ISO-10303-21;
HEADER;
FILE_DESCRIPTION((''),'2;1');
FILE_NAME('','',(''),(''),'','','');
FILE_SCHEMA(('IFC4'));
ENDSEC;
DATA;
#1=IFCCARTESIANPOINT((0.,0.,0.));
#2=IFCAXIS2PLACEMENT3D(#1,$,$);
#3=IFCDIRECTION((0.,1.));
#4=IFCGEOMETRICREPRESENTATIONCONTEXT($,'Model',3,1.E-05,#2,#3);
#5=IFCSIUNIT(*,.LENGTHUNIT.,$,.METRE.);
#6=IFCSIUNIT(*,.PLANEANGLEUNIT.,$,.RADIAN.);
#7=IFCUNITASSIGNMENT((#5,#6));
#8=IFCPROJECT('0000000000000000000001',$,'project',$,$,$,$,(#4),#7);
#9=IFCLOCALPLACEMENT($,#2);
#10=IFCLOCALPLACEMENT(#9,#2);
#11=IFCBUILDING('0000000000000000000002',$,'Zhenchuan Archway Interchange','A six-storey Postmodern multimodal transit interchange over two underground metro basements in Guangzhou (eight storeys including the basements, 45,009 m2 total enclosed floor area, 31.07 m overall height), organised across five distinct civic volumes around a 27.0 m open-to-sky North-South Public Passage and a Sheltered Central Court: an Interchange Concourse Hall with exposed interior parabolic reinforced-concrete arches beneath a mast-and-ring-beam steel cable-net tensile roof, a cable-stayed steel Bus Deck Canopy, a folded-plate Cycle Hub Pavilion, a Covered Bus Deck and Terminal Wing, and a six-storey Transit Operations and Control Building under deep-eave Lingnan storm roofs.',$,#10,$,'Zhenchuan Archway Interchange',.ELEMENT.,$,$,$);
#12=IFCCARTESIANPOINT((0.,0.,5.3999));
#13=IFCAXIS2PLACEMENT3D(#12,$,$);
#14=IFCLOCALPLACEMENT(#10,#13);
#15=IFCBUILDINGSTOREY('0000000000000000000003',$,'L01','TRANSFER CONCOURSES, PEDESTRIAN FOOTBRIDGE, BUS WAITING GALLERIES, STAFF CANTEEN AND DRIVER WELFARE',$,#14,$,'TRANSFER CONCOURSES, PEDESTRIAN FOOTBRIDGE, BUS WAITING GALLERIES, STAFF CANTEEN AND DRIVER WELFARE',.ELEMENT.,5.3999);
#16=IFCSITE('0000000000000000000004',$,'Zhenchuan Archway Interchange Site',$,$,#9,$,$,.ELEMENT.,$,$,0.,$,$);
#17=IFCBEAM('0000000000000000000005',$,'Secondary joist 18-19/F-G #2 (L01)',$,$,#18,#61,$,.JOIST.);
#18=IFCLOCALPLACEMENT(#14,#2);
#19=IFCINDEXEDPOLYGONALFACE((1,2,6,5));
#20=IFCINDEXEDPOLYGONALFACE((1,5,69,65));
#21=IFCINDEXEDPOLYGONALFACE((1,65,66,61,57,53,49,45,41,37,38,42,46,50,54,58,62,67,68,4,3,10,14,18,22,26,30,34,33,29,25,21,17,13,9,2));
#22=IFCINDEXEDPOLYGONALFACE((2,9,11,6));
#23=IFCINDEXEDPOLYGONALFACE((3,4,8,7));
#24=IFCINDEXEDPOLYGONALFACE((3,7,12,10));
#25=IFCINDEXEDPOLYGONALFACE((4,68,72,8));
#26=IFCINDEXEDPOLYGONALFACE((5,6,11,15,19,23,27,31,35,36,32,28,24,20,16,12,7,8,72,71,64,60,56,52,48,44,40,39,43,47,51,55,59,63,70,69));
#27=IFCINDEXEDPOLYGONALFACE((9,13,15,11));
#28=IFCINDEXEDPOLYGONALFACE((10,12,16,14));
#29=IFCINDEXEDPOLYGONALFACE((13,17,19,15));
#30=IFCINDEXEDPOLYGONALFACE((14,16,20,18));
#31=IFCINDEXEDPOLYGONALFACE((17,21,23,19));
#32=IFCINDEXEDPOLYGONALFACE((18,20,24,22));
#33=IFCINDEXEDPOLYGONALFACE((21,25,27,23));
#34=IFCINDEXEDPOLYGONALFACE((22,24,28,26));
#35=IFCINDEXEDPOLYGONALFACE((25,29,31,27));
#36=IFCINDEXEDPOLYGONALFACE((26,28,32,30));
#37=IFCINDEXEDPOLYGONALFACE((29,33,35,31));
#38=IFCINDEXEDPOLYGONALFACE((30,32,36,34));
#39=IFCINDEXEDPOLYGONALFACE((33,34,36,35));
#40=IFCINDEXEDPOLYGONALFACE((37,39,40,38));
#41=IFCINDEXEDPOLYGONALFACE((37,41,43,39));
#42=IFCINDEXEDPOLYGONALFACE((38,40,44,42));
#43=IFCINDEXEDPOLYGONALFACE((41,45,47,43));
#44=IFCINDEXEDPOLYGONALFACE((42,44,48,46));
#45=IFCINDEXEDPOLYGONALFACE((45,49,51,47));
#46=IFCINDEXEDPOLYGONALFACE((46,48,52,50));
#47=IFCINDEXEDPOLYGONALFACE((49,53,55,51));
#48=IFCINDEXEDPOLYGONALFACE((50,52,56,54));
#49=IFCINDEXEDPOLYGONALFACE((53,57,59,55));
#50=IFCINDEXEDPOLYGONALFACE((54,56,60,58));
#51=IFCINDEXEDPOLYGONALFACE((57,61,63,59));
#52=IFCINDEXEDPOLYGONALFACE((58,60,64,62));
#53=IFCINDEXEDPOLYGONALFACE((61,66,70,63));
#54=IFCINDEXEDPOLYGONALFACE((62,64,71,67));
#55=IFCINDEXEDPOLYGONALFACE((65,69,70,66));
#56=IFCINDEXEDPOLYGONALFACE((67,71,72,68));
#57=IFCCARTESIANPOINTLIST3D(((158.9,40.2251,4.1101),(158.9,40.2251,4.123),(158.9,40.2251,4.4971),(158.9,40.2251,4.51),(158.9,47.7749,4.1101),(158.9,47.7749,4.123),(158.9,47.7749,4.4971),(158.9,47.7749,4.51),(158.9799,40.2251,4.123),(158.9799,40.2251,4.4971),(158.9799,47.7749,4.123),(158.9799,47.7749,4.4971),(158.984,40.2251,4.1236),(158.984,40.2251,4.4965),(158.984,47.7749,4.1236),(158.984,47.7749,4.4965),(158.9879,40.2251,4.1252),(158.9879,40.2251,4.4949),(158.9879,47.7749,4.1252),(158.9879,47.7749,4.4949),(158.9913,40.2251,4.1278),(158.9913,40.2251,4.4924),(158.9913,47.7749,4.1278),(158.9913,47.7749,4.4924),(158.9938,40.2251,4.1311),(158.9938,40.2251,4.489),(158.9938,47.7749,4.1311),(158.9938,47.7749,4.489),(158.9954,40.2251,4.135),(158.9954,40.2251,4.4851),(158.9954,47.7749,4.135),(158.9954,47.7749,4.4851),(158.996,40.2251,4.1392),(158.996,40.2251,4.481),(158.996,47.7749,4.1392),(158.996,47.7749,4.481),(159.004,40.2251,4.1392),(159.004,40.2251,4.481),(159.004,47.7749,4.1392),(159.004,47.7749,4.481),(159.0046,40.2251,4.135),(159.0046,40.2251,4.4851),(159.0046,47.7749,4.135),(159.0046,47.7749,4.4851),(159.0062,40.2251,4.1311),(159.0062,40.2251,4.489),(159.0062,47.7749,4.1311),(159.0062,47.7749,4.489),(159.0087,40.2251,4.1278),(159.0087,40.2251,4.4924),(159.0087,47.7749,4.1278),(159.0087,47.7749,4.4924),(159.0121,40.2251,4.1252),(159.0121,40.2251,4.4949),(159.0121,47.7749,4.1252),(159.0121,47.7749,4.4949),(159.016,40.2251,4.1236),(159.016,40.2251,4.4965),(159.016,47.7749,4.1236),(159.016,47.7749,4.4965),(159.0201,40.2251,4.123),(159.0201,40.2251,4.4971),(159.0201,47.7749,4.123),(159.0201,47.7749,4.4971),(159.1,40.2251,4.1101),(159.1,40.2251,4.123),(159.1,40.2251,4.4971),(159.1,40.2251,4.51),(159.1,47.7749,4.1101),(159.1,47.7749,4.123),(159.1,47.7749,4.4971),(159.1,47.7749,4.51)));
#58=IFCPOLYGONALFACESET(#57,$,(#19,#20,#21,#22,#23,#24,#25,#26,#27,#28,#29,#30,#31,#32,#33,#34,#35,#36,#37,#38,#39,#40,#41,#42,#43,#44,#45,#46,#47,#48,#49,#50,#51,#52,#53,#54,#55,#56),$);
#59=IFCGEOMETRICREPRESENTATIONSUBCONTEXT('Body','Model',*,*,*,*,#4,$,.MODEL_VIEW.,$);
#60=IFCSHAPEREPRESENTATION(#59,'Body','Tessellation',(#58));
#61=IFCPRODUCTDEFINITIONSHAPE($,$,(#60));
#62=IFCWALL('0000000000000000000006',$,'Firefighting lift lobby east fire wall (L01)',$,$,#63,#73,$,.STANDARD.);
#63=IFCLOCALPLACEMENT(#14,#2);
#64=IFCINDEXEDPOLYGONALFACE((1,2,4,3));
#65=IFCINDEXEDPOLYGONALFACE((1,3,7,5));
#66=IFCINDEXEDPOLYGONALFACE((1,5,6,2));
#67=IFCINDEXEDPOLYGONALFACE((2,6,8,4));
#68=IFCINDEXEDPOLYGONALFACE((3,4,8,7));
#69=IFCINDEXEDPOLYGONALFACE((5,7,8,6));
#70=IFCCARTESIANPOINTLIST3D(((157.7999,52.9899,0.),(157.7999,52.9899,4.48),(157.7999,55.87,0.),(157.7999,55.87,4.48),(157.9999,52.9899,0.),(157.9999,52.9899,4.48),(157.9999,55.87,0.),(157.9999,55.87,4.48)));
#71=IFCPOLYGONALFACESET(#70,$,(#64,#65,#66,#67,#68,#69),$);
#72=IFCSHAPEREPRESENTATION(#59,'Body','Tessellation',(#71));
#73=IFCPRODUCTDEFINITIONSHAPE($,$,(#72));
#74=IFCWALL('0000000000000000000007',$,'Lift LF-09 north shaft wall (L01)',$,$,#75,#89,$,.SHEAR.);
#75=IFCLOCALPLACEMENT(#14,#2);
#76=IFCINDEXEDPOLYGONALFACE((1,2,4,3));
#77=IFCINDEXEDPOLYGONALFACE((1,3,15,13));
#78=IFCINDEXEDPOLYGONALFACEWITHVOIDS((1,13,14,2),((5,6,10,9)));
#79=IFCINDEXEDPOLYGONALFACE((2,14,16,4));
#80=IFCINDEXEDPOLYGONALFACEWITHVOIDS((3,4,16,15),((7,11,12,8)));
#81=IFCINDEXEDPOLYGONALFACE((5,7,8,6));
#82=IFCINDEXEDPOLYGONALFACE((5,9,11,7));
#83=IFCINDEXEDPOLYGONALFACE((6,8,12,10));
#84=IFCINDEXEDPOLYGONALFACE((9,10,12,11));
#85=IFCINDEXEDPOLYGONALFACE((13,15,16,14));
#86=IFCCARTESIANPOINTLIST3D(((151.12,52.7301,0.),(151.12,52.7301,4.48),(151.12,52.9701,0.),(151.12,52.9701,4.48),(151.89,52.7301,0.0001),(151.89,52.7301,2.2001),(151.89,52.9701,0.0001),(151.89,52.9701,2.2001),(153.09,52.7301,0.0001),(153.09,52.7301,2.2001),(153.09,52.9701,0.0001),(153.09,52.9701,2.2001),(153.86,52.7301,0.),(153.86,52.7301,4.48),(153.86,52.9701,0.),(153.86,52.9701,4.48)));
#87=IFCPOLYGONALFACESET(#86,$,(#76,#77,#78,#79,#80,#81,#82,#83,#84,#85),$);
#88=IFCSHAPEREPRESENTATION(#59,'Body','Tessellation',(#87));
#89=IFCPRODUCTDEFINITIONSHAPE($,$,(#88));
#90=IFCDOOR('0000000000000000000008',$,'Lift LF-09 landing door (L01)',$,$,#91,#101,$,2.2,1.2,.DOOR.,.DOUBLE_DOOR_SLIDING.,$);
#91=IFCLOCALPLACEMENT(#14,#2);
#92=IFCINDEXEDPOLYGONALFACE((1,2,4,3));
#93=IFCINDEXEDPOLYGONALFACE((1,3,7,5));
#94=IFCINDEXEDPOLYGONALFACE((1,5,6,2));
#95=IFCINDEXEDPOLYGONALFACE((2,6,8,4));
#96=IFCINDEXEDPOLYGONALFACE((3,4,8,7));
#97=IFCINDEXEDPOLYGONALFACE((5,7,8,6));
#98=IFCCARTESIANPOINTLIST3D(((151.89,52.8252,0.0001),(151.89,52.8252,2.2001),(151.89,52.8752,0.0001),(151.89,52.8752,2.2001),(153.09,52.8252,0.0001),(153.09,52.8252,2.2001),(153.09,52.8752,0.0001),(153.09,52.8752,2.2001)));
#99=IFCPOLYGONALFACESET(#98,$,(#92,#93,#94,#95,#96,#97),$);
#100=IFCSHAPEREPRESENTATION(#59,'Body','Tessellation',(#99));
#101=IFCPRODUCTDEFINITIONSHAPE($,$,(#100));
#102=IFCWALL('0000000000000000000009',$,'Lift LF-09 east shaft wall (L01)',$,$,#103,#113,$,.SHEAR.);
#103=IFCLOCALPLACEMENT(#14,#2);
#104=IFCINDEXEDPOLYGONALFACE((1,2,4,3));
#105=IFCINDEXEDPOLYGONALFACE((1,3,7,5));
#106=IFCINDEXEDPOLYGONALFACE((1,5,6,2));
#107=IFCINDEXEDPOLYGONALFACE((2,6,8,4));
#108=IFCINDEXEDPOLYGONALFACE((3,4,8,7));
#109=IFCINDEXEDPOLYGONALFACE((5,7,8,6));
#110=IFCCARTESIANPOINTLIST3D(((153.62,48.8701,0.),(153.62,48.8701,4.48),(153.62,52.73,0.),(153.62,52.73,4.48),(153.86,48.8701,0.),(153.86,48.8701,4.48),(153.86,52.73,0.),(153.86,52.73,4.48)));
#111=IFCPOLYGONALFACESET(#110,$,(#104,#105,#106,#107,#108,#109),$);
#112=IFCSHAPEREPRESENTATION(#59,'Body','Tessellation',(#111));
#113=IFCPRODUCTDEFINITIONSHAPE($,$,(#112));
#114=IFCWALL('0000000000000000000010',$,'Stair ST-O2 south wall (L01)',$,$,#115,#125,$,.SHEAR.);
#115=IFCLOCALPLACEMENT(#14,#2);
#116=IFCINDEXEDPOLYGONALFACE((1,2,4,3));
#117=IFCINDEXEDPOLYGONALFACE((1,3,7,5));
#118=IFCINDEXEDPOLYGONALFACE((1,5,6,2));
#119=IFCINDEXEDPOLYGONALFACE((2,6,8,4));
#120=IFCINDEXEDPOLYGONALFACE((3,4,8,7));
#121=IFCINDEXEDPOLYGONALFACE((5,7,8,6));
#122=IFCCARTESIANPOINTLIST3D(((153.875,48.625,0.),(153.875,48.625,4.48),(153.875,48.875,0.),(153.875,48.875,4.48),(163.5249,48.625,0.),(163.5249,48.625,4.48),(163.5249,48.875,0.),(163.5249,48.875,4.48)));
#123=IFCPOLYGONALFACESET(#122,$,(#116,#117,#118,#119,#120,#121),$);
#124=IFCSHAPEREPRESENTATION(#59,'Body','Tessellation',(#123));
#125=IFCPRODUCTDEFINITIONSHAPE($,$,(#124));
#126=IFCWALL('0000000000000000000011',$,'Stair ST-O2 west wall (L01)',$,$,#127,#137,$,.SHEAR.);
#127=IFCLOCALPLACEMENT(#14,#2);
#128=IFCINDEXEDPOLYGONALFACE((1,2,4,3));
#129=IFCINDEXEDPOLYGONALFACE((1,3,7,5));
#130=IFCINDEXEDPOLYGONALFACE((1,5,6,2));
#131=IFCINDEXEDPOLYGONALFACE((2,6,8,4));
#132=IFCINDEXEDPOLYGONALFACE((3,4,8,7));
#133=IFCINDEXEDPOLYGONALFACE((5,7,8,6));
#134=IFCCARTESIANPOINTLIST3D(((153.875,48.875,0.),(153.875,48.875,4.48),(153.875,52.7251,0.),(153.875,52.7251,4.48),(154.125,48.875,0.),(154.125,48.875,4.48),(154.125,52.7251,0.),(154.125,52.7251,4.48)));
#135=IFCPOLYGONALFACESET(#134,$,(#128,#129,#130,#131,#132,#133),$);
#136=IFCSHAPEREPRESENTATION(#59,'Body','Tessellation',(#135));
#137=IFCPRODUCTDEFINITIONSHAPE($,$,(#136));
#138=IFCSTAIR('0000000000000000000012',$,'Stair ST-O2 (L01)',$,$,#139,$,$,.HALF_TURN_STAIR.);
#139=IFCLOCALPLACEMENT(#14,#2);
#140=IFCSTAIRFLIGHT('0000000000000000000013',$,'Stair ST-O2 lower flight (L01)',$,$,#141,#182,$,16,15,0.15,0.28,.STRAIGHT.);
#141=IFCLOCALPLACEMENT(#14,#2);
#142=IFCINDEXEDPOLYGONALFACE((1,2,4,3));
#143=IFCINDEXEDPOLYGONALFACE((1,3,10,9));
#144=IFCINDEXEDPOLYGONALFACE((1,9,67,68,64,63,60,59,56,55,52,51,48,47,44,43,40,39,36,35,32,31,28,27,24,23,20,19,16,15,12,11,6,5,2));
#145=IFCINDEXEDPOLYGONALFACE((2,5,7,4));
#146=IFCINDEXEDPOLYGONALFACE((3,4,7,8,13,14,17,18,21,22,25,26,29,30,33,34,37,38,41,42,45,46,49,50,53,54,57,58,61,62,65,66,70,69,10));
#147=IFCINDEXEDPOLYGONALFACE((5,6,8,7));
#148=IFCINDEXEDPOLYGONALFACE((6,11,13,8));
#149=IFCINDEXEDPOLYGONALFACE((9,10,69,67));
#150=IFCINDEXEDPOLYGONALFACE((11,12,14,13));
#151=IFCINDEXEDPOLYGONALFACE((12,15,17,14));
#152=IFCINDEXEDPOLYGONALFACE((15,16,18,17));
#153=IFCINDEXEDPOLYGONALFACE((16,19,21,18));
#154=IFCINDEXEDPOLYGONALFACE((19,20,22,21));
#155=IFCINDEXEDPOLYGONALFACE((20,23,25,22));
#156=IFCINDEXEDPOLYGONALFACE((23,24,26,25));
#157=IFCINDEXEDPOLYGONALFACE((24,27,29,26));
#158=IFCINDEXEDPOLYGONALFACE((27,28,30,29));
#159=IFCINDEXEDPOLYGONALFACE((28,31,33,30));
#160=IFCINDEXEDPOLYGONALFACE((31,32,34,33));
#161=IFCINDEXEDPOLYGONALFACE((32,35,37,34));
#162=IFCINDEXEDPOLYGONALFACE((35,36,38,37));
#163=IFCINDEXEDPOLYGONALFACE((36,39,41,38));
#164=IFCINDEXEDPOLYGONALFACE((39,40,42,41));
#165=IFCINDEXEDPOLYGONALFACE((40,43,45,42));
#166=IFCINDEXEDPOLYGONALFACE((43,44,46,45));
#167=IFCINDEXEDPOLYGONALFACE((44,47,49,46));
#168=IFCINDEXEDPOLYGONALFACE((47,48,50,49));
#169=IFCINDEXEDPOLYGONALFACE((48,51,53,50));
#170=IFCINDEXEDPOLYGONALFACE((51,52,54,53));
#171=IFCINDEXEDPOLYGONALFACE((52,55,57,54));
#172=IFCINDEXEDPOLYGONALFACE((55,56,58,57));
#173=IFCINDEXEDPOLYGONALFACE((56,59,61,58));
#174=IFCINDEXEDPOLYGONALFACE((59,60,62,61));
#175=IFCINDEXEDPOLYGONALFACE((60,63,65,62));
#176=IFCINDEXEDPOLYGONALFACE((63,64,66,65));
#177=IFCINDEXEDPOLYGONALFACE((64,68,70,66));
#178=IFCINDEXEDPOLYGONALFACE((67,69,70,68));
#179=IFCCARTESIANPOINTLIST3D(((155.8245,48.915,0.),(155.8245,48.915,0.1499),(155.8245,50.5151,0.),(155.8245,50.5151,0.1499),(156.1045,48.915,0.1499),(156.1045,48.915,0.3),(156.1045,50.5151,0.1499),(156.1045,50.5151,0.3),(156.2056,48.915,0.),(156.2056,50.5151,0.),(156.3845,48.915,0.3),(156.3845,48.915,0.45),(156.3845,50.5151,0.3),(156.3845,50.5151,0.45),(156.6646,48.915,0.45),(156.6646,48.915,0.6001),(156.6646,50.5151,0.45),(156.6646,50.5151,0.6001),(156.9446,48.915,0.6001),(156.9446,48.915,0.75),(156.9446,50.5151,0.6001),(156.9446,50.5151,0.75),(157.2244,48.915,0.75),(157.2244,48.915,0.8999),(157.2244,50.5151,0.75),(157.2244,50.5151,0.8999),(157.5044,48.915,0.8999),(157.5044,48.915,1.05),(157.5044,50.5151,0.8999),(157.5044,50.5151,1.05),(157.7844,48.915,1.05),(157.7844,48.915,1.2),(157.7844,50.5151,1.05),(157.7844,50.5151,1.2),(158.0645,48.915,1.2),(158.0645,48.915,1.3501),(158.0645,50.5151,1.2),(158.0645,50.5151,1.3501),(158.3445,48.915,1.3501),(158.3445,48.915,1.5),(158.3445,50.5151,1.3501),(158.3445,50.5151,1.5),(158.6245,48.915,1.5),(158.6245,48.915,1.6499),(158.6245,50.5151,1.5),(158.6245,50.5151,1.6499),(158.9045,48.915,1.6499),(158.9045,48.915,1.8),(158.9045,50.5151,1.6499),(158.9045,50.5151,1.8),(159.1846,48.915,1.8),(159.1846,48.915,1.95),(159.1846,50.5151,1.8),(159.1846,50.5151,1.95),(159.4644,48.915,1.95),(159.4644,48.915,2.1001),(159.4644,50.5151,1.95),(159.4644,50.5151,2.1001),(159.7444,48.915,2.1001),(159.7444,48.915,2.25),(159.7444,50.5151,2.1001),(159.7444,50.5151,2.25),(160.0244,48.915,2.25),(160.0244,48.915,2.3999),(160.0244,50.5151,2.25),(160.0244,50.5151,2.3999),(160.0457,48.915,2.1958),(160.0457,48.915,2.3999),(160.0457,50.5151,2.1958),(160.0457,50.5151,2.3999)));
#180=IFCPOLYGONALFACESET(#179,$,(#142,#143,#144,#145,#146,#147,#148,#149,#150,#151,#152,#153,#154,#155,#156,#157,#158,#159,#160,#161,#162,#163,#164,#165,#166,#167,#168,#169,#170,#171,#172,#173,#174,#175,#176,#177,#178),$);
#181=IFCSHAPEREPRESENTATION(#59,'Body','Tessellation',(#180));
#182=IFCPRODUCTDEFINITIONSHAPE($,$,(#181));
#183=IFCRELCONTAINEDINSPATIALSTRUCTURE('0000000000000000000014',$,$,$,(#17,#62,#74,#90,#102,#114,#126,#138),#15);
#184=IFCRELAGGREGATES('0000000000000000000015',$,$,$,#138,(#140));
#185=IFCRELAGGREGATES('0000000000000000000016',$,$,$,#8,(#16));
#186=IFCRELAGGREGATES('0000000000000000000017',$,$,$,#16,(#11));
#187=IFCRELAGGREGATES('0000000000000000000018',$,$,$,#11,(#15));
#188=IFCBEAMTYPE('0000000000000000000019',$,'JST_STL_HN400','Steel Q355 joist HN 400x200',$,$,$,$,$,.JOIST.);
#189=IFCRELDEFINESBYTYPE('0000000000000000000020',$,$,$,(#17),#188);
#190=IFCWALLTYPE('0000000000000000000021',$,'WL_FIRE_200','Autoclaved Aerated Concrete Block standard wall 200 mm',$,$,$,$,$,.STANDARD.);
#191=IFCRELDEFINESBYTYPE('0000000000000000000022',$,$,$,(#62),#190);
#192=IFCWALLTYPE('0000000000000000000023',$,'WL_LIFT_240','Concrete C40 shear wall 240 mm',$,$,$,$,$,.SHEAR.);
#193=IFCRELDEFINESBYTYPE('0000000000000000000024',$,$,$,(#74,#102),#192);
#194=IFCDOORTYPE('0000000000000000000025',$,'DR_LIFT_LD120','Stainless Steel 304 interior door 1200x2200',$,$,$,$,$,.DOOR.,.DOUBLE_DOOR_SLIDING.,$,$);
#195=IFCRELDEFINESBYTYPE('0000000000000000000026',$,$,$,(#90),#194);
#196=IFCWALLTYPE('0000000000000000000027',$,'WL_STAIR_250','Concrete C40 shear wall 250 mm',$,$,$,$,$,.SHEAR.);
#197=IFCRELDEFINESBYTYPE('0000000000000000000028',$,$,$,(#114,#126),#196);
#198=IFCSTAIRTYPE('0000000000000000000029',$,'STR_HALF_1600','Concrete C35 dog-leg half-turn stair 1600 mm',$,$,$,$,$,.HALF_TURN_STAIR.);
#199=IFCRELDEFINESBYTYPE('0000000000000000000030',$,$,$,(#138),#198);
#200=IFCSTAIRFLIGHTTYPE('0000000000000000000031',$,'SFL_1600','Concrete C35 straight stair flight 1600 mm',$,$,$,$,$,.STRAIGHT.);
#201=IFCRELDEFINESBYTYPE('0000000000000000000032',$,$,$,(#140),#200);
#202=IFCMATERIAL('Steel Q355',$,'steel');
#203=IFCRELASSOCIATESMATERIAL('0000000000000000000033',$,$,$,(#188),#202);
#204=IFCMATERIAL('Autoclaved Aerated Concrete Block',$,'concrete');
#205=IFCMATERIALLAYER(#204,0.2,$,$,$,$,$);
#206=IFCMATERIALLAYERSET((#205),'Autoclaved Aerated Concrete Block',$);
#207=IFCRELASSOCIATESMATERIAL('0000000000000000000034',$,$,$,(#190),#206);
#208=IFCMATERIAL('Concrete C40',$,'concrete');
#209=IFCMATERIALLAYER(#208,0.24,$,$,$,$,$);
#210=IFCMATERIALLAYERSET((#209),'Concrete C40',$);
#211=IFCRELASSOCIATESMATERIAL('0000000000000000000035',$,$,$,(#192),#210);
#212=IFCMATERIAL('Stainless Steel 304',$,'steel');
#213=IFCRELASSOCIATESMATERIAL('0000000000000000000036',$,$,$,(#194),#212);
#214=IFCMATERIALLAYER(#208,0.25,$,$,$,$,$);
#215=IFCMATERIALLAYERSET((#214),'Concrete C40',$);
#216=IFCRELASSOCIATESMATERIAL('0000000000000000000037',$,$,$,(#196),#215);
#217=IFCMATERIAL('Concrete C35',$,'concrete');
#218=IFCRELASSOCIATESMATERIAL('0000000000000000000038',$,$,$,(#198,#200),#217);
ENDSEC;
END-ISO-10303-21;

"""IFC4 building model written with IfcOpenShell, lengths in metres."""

from ifc_helpers import new_model, si_unit, direction, frame, frame_2d, origin, origin_2d, place, context, subcontext, project, spatial, polyline, rectangle, i_section, outline, extrude, material, layer, layer_set, material_profile, profile_set, type_object, element, fill, aggregate, save


model = new_model("IFC4")

# Units and contexts
model_context = context("Model", 3, precision=1e-05, world=origin(), true_north=direction((0.0, 1.0)))
body_context = subcontext(model_context, "Body", "Model", "MODEL_VIEW")
ifc_project = project(units=[si_unit("LENGTHUNIT", "METRE"), si_unit("PLANEANGLEUNIT", "RADIAN")], contexts=[model_context])

# Site, building, storey
site_placement = place(None, origin())
site = spatial("IfcSite", under=ifc_project, at=site_placement, Name="Zhenchuan Archway Interchange Site", CompositionType="ELEMENT", RefElevation=0.0)
building_placement = place(site_placement, origin())
building = spatial("IfcBuilding", under=site, at=building_placement, Name="Zhenchuan Archway Interchange", Description="A six-storey Postmodern multimodal transit interchange over two underground metro basements in Guangzhou (eight storeys including the basements, 45,009 m2 total enclosed floor area, 31.07 m overall height), organised across five distinct civic volumes around a 27.0 m open-to-sky North-South Public Passage and a Sheltered Central Court: an Interchange Concourse Hall with exposed interior parabolic reinforced-concrete arches beneath a mast-and-ring-beam steel cable-net tensile roof, a cable-stayed steel Bus Deck Canopy, a folded-plate Cycle Hub Pavilion, a Covered Bus Deck and Terminal Wing, and a six-storey Transit Operations and Control Building under deep-eave Lingnan storm roofs.", LongName="Zhenchuan Archway Interchange", CompositionType="ELEMENT")
storey_placement = place(building_placement, frame((0.0, 0.0, 5.3999)))
storey = spatial("IfcBuildingStorey", under=building, at=storey_placement, Name="L01", Description="TRANSFER CONCOURSES, PEDESTRIAN FOOTBRIDGE, BUS WAITING GALLERIES, STAFF CANTEEN AND DRIVER WELFARE", LongName="TRANSFER CONCOURSES, PEDESTRIAN FOOTBRIDGE, BUS WAITING GALLERIES, STAFF CANTEEN AND DRIVER WELFARE", CompositionType="ELEMENT", Elevation=5.3999)

# Beam
ifc_material_1 = material(Name="Concrete C40", Category="concrete")
ifc_material_2 = material(Name="Steel Q355", Category="steel")
ifc_material_profile_1 = material_profile(ifc_material_2, i_section(OverallWidth=0.2, OverallDepth=0.3999, WebThickness=0.0081, FlangeThickness=0.0129, FilletRadius=0.0161, at=origin_2d()), Name="HN 400x200")
ifc_profile_set_1 = profile_set([ifc_material_profile_1], Name="Steel Q355")
beam_type_1 = type_object("IfcBeamType", Name="JST_STL_HN400", Description="Steel Q355 joist HN 400x200", PredefinedType="JOIST", material=ifc_profile_set_1)
for number, where, z_axis, x_axis, name in (
    (1, (159.0, 40.2251, 4.3101), (0.0, 1.0, 0.0), (-1.0, 0.0, 0.0), "Secondary joist 18-19/F-G #2 (L01)"),
):
    element("IfcBeam", number, at=place(storey_placement, frame(where, z_axis=z_axis, x_axis=x_axis)), inside=storey, type_object=beam_type_1, Name=name, PredefinedType="JOIST", context=body_context, shape_type="SweptSolid", body=[
        extrude(i_section(OverallWidth=0.2, OverallDepth=0.3999, WebThickness=0.0081, FlangeThickness=0.0129, FilletRadius=0.0161, at=origin_2d()), origin(), (0.0, 0.0, 1.0), 7.5498),
    ])

# Wall
ifc_material_3 = material(Name="Autoclaved Aerated Concrete Block", Category="concrete")
ifc_layer_1 = layer(ifc_material_3, 0.2)
ifc_layer_set_1 = layer_set([ifc_layer_1], Name="Autoclaved Aerated Concrete Block")
wall_type_1 = type_object("IfcWallType", Name="WL_FIRE_200", Description="Autoclaved Aerated Concrete Block standard wall 200 mm", PredefinedType="STANDARD", material=ifc_layer_set_1)
wall_1_placement = place(storey_placement, frame((157.8999, 52.99, 0.0), z_axis=(0.0, 0.0, 1.0), x_axis=(0.0, 1.0, 0.0)))
element("IfcWall", 2, at=wall_1_placement, inside=storey, type_object=wall_type_1, Name="Firefighting lift lobby east fire wall (L01)", PredefinedType="STANDARD", context=body_context, shape_type="SweptSolid", body=[
    extrude(rectangle(XDim=2.8801, YDim=0.2, at=frame_2d((1.4399, 0.0))), origin(), (0.0, 0.0, 1.0), 4.48),
])

# Wall, opening, door
ifc_layer_2 = layer(ifc_material_1, 0.24)
ifc_layer_set_2 = layer_set([ifc_layer_2], Name="Concrete C40")
wall_type_2 = type_object("IfcWallType", Name="WL_LIFT_240", Description="Concrete C40 shear wall 240 mm", PredefinedType="SHEAR", material=ifc_layer_set_2)
wall_2_placement = place(storey_placement, frame((153.8601, 52.8501, 0.0), z_axis=(0.0, 0.0, 1.0), x_axis=(-1.0, 0.0, 0.0)))
wall_2 = element("IfcWall", 3, at=wall_2_placement, inside=storey, type_object=wall_type_2, Name="Lift LF-09 north shaft wall (L01)", PredefinedType="SHEAR", context=body_context, shape_type="SweptSolid", body=[
    extrude(rectangle(XDim=2.74, YDim=0.24, at=frame_2d((1.3701, 0.0))), origin(), (0.0, 0.0, 1.0), 4.48),
])
opening_placement = place(wall_2_placement, frame((0.77, 0.0, 0.0)))
opening = element("IfcOpeningElement", 4, at=opening_placement, cuts=wall_2, PredefinedType="OPENING", context=body_context, shape_type="SweptSolid", body=[
    extrude(rectangle(XDim=1.2, YDim=2.2, at=frame_2d((0.6001, 1.1001))), frame((0.0, 0.1318, 0.0), z_axis=(0.0, -1.0, 0.0), x_axis=(1.0, 0.0, 0.0)), (0.0, 0.0, 1.0), 0.2639),
])
ifc_material_4 = material(Name="Stainless Steel 304", Category="steel")
door_type = type_object("IfcDoorType", Name="DR_LIFT_LD120", Description="Stainless Steel 304 interior door 1200x2200", OperationType="DOUBLE_DOOR_SLIDING", PredefinedType="DOOR", material=ifc_material_4)
door_placement = place(opening_placement, origin())
door = element("IfcDoor", 5, at=door_placement, inside=storey, type_object=door_type, Name="Lift LF-09 landing door (L01)", OperationType="DOUBLE_DOOR_SLIDING", OverallHeight=2.2, OverallWidth=1.2, PredefinedType="DOOR", context=body_context, shape_type="SweptSolid", body=[
    extrude(rectangle(XDim=1.2, YDim=2.2, at=frame_2d((0.6001, 1.1001))), frame((0.0, 0.0249, 0.0), z_axis=(0.0, -1.0, 0.0), x_axis=(1.0, 0.0, 0.0)), (0.0, 0.0, 1.0), 0.05),
])
fill(opening, door)

# Walls
wall_3_placement = place(storey_placement, frame((153.74, 48.8701, 0.0), z_axis=(0.0, 0.0, 1.0), x_axis=(0.0, 1.0, 0.0)))
element("IfcWall", 6, at=wall_3_placement, inside=storey, type_object=wall_type_2, Name="Lift LF-09 east shaft wall (L01)", PredefinedType="SHEAR", context=body_context, shape_type="SweptSolid", body=[
    extrude(rectangle(XDim=3.8599, YDim=0.24, at=frame_2d((1.9299, 0.0))), origin(), (0.0, 0.0, 1.0), 4.48),
])
ifc_layer_3 = layer(ifc_material_1, 0.25)
ifc_layer_set_3 = layer_set([ifc_layer_3], Name="Concrete C40")
wall_type_3 = type_object("IfcWallType", Name="WL_STAIR_250", Description="Concrete C40 shear wall 250 mm", PredefinedType="SHEAR", material=ifc_layer_set_3)
wall_4_placement = place(storey_placement, frame((153.875, 48.75, 0.0), z_axis=(0.0, 0.0, 1.0), x_axis=(1.0, 0.0, 0.0)))
element("IfcWall", 7, at=wall_4_placement, inside=storey, type_object=wall_type_3, Name="Stair ST-O2 south wall (L01)", PredefinedType="SHEAR", context=body_context, shape_type="SweptSolid", body=[
    extrude(rectangle(XDim=9.6499, YDim=0.25, at=frame_2d((4.825, 0.0))), origin(), (0.0, 0.0, 1.0), 4.48),
])
wall_5_placement = place(storey_placement, frame((154.0, 52.7251, 0.0), z_axis=(0.0, 0.0, 1.0), x_axis=(0.0, -1.0, 0.0)))
element("IfcWall", 8, at=wall_5_placement, inside=storey, type_object=wall_type_3, Name="Stair ST-O2 west wall (L01)", PredefinedType="SHEAR", context=body_context, shape_type="SweptSolid", body=[
    extrude(rectangle(XDim=3.8501, YDim=0.25, at=frame_2d((1.925, 0.0))), origin(), (0.0, 0.0, 1.0), 4.48),
])

# Stair, stair flight
ifc_material_5 = material(Name="Concrete C35", Category="concrete")
stair_type = type_object("IfcStairType", Name="STR_HALF_1600", Description="Concrete C35 dog-leg half-turn stair 1600 mm", PredefinedType="HALF_TURN_STAIR", material=ifc_material_5)
stair_placement = place(storey_placement, origin())
stair = element("IfcStair", 9, at=stair_placement, inside=storey, type_object=stair_type, Name="Stair ST-O2 (L01)", PredefinedType="HALF_TURN_STAIR")
stair_flight_type = type_object("IfcStairFlightType", Name="SFL_1600", Description="Concrete C35 straight stair flight 1600 mm", PredefinedType="STRAIGHT", material=ifc_material_5)
stair_flight_1_placement = place(storey_placement, frame((155.8245, 49.7151, 0.0), z_axis=(0.0, 0.0, 1.0), x_axis=(1.0, 0.0, 0.0)))
stair_flight_1 = element("IfcStairFlight", 10, at=stair_flight_1_placement, type_object=stair_flight_type, Name="Stair ST-O2 lower flight (L01)", NumberOfRisers=16, NumberOfTreads=15, PredefinedType="STRAIGHT", RiserHeight=0.15, TreadLength=0.28, context=body_context, shape_type="SweptSolid", body=[
    extrude(outline(polyline([(0.0, 0.0), (0.0, 0.1499), (0.28, 0.1499), (0.28, 0.3), (0.5601, 0.3), (0.5601, 0.45), (0.8401, 0.45), (0.8401, 0.6001), (1.1201, 0.6001), (1.1201, 0.75), (1.3999, 0.75), (1.3999, 0.8999), (1.6799, 0.8999), (1.6799, 1.05), (1.96, 1.05), (1.96, 1.2), (2.24, 1.2), (2.24, 1.3501), (2.52, 1.3501), (2.52, 1.5), (2.8, 1.5), (2.8, 1.6499), (3.0801, 1.6499), (3.0801, 1.8), (3.3601, 1.8), (3.3601, 1.95), (3.6399, 1.95), (3.6399, 2.1001), (3.9199, 2.1001), (3.9199, 2.25), (4.2, 2.25), (4.2, 2.3999), (4.2212, 2.3999), (4.2212, 2.1958), (0.3811, 0.0), (0.0, 0.0)])), frame((0.0, 0.8, 0.0), z_axis=(0.0, -1.0, 0.0), x_axis=(1.0, 0.0, 0.0)), (0.0, 0.0, 1.0), 1.6001),
])
aggregate(stair, [stair_flight_1])

save(model, "model.ifc")
